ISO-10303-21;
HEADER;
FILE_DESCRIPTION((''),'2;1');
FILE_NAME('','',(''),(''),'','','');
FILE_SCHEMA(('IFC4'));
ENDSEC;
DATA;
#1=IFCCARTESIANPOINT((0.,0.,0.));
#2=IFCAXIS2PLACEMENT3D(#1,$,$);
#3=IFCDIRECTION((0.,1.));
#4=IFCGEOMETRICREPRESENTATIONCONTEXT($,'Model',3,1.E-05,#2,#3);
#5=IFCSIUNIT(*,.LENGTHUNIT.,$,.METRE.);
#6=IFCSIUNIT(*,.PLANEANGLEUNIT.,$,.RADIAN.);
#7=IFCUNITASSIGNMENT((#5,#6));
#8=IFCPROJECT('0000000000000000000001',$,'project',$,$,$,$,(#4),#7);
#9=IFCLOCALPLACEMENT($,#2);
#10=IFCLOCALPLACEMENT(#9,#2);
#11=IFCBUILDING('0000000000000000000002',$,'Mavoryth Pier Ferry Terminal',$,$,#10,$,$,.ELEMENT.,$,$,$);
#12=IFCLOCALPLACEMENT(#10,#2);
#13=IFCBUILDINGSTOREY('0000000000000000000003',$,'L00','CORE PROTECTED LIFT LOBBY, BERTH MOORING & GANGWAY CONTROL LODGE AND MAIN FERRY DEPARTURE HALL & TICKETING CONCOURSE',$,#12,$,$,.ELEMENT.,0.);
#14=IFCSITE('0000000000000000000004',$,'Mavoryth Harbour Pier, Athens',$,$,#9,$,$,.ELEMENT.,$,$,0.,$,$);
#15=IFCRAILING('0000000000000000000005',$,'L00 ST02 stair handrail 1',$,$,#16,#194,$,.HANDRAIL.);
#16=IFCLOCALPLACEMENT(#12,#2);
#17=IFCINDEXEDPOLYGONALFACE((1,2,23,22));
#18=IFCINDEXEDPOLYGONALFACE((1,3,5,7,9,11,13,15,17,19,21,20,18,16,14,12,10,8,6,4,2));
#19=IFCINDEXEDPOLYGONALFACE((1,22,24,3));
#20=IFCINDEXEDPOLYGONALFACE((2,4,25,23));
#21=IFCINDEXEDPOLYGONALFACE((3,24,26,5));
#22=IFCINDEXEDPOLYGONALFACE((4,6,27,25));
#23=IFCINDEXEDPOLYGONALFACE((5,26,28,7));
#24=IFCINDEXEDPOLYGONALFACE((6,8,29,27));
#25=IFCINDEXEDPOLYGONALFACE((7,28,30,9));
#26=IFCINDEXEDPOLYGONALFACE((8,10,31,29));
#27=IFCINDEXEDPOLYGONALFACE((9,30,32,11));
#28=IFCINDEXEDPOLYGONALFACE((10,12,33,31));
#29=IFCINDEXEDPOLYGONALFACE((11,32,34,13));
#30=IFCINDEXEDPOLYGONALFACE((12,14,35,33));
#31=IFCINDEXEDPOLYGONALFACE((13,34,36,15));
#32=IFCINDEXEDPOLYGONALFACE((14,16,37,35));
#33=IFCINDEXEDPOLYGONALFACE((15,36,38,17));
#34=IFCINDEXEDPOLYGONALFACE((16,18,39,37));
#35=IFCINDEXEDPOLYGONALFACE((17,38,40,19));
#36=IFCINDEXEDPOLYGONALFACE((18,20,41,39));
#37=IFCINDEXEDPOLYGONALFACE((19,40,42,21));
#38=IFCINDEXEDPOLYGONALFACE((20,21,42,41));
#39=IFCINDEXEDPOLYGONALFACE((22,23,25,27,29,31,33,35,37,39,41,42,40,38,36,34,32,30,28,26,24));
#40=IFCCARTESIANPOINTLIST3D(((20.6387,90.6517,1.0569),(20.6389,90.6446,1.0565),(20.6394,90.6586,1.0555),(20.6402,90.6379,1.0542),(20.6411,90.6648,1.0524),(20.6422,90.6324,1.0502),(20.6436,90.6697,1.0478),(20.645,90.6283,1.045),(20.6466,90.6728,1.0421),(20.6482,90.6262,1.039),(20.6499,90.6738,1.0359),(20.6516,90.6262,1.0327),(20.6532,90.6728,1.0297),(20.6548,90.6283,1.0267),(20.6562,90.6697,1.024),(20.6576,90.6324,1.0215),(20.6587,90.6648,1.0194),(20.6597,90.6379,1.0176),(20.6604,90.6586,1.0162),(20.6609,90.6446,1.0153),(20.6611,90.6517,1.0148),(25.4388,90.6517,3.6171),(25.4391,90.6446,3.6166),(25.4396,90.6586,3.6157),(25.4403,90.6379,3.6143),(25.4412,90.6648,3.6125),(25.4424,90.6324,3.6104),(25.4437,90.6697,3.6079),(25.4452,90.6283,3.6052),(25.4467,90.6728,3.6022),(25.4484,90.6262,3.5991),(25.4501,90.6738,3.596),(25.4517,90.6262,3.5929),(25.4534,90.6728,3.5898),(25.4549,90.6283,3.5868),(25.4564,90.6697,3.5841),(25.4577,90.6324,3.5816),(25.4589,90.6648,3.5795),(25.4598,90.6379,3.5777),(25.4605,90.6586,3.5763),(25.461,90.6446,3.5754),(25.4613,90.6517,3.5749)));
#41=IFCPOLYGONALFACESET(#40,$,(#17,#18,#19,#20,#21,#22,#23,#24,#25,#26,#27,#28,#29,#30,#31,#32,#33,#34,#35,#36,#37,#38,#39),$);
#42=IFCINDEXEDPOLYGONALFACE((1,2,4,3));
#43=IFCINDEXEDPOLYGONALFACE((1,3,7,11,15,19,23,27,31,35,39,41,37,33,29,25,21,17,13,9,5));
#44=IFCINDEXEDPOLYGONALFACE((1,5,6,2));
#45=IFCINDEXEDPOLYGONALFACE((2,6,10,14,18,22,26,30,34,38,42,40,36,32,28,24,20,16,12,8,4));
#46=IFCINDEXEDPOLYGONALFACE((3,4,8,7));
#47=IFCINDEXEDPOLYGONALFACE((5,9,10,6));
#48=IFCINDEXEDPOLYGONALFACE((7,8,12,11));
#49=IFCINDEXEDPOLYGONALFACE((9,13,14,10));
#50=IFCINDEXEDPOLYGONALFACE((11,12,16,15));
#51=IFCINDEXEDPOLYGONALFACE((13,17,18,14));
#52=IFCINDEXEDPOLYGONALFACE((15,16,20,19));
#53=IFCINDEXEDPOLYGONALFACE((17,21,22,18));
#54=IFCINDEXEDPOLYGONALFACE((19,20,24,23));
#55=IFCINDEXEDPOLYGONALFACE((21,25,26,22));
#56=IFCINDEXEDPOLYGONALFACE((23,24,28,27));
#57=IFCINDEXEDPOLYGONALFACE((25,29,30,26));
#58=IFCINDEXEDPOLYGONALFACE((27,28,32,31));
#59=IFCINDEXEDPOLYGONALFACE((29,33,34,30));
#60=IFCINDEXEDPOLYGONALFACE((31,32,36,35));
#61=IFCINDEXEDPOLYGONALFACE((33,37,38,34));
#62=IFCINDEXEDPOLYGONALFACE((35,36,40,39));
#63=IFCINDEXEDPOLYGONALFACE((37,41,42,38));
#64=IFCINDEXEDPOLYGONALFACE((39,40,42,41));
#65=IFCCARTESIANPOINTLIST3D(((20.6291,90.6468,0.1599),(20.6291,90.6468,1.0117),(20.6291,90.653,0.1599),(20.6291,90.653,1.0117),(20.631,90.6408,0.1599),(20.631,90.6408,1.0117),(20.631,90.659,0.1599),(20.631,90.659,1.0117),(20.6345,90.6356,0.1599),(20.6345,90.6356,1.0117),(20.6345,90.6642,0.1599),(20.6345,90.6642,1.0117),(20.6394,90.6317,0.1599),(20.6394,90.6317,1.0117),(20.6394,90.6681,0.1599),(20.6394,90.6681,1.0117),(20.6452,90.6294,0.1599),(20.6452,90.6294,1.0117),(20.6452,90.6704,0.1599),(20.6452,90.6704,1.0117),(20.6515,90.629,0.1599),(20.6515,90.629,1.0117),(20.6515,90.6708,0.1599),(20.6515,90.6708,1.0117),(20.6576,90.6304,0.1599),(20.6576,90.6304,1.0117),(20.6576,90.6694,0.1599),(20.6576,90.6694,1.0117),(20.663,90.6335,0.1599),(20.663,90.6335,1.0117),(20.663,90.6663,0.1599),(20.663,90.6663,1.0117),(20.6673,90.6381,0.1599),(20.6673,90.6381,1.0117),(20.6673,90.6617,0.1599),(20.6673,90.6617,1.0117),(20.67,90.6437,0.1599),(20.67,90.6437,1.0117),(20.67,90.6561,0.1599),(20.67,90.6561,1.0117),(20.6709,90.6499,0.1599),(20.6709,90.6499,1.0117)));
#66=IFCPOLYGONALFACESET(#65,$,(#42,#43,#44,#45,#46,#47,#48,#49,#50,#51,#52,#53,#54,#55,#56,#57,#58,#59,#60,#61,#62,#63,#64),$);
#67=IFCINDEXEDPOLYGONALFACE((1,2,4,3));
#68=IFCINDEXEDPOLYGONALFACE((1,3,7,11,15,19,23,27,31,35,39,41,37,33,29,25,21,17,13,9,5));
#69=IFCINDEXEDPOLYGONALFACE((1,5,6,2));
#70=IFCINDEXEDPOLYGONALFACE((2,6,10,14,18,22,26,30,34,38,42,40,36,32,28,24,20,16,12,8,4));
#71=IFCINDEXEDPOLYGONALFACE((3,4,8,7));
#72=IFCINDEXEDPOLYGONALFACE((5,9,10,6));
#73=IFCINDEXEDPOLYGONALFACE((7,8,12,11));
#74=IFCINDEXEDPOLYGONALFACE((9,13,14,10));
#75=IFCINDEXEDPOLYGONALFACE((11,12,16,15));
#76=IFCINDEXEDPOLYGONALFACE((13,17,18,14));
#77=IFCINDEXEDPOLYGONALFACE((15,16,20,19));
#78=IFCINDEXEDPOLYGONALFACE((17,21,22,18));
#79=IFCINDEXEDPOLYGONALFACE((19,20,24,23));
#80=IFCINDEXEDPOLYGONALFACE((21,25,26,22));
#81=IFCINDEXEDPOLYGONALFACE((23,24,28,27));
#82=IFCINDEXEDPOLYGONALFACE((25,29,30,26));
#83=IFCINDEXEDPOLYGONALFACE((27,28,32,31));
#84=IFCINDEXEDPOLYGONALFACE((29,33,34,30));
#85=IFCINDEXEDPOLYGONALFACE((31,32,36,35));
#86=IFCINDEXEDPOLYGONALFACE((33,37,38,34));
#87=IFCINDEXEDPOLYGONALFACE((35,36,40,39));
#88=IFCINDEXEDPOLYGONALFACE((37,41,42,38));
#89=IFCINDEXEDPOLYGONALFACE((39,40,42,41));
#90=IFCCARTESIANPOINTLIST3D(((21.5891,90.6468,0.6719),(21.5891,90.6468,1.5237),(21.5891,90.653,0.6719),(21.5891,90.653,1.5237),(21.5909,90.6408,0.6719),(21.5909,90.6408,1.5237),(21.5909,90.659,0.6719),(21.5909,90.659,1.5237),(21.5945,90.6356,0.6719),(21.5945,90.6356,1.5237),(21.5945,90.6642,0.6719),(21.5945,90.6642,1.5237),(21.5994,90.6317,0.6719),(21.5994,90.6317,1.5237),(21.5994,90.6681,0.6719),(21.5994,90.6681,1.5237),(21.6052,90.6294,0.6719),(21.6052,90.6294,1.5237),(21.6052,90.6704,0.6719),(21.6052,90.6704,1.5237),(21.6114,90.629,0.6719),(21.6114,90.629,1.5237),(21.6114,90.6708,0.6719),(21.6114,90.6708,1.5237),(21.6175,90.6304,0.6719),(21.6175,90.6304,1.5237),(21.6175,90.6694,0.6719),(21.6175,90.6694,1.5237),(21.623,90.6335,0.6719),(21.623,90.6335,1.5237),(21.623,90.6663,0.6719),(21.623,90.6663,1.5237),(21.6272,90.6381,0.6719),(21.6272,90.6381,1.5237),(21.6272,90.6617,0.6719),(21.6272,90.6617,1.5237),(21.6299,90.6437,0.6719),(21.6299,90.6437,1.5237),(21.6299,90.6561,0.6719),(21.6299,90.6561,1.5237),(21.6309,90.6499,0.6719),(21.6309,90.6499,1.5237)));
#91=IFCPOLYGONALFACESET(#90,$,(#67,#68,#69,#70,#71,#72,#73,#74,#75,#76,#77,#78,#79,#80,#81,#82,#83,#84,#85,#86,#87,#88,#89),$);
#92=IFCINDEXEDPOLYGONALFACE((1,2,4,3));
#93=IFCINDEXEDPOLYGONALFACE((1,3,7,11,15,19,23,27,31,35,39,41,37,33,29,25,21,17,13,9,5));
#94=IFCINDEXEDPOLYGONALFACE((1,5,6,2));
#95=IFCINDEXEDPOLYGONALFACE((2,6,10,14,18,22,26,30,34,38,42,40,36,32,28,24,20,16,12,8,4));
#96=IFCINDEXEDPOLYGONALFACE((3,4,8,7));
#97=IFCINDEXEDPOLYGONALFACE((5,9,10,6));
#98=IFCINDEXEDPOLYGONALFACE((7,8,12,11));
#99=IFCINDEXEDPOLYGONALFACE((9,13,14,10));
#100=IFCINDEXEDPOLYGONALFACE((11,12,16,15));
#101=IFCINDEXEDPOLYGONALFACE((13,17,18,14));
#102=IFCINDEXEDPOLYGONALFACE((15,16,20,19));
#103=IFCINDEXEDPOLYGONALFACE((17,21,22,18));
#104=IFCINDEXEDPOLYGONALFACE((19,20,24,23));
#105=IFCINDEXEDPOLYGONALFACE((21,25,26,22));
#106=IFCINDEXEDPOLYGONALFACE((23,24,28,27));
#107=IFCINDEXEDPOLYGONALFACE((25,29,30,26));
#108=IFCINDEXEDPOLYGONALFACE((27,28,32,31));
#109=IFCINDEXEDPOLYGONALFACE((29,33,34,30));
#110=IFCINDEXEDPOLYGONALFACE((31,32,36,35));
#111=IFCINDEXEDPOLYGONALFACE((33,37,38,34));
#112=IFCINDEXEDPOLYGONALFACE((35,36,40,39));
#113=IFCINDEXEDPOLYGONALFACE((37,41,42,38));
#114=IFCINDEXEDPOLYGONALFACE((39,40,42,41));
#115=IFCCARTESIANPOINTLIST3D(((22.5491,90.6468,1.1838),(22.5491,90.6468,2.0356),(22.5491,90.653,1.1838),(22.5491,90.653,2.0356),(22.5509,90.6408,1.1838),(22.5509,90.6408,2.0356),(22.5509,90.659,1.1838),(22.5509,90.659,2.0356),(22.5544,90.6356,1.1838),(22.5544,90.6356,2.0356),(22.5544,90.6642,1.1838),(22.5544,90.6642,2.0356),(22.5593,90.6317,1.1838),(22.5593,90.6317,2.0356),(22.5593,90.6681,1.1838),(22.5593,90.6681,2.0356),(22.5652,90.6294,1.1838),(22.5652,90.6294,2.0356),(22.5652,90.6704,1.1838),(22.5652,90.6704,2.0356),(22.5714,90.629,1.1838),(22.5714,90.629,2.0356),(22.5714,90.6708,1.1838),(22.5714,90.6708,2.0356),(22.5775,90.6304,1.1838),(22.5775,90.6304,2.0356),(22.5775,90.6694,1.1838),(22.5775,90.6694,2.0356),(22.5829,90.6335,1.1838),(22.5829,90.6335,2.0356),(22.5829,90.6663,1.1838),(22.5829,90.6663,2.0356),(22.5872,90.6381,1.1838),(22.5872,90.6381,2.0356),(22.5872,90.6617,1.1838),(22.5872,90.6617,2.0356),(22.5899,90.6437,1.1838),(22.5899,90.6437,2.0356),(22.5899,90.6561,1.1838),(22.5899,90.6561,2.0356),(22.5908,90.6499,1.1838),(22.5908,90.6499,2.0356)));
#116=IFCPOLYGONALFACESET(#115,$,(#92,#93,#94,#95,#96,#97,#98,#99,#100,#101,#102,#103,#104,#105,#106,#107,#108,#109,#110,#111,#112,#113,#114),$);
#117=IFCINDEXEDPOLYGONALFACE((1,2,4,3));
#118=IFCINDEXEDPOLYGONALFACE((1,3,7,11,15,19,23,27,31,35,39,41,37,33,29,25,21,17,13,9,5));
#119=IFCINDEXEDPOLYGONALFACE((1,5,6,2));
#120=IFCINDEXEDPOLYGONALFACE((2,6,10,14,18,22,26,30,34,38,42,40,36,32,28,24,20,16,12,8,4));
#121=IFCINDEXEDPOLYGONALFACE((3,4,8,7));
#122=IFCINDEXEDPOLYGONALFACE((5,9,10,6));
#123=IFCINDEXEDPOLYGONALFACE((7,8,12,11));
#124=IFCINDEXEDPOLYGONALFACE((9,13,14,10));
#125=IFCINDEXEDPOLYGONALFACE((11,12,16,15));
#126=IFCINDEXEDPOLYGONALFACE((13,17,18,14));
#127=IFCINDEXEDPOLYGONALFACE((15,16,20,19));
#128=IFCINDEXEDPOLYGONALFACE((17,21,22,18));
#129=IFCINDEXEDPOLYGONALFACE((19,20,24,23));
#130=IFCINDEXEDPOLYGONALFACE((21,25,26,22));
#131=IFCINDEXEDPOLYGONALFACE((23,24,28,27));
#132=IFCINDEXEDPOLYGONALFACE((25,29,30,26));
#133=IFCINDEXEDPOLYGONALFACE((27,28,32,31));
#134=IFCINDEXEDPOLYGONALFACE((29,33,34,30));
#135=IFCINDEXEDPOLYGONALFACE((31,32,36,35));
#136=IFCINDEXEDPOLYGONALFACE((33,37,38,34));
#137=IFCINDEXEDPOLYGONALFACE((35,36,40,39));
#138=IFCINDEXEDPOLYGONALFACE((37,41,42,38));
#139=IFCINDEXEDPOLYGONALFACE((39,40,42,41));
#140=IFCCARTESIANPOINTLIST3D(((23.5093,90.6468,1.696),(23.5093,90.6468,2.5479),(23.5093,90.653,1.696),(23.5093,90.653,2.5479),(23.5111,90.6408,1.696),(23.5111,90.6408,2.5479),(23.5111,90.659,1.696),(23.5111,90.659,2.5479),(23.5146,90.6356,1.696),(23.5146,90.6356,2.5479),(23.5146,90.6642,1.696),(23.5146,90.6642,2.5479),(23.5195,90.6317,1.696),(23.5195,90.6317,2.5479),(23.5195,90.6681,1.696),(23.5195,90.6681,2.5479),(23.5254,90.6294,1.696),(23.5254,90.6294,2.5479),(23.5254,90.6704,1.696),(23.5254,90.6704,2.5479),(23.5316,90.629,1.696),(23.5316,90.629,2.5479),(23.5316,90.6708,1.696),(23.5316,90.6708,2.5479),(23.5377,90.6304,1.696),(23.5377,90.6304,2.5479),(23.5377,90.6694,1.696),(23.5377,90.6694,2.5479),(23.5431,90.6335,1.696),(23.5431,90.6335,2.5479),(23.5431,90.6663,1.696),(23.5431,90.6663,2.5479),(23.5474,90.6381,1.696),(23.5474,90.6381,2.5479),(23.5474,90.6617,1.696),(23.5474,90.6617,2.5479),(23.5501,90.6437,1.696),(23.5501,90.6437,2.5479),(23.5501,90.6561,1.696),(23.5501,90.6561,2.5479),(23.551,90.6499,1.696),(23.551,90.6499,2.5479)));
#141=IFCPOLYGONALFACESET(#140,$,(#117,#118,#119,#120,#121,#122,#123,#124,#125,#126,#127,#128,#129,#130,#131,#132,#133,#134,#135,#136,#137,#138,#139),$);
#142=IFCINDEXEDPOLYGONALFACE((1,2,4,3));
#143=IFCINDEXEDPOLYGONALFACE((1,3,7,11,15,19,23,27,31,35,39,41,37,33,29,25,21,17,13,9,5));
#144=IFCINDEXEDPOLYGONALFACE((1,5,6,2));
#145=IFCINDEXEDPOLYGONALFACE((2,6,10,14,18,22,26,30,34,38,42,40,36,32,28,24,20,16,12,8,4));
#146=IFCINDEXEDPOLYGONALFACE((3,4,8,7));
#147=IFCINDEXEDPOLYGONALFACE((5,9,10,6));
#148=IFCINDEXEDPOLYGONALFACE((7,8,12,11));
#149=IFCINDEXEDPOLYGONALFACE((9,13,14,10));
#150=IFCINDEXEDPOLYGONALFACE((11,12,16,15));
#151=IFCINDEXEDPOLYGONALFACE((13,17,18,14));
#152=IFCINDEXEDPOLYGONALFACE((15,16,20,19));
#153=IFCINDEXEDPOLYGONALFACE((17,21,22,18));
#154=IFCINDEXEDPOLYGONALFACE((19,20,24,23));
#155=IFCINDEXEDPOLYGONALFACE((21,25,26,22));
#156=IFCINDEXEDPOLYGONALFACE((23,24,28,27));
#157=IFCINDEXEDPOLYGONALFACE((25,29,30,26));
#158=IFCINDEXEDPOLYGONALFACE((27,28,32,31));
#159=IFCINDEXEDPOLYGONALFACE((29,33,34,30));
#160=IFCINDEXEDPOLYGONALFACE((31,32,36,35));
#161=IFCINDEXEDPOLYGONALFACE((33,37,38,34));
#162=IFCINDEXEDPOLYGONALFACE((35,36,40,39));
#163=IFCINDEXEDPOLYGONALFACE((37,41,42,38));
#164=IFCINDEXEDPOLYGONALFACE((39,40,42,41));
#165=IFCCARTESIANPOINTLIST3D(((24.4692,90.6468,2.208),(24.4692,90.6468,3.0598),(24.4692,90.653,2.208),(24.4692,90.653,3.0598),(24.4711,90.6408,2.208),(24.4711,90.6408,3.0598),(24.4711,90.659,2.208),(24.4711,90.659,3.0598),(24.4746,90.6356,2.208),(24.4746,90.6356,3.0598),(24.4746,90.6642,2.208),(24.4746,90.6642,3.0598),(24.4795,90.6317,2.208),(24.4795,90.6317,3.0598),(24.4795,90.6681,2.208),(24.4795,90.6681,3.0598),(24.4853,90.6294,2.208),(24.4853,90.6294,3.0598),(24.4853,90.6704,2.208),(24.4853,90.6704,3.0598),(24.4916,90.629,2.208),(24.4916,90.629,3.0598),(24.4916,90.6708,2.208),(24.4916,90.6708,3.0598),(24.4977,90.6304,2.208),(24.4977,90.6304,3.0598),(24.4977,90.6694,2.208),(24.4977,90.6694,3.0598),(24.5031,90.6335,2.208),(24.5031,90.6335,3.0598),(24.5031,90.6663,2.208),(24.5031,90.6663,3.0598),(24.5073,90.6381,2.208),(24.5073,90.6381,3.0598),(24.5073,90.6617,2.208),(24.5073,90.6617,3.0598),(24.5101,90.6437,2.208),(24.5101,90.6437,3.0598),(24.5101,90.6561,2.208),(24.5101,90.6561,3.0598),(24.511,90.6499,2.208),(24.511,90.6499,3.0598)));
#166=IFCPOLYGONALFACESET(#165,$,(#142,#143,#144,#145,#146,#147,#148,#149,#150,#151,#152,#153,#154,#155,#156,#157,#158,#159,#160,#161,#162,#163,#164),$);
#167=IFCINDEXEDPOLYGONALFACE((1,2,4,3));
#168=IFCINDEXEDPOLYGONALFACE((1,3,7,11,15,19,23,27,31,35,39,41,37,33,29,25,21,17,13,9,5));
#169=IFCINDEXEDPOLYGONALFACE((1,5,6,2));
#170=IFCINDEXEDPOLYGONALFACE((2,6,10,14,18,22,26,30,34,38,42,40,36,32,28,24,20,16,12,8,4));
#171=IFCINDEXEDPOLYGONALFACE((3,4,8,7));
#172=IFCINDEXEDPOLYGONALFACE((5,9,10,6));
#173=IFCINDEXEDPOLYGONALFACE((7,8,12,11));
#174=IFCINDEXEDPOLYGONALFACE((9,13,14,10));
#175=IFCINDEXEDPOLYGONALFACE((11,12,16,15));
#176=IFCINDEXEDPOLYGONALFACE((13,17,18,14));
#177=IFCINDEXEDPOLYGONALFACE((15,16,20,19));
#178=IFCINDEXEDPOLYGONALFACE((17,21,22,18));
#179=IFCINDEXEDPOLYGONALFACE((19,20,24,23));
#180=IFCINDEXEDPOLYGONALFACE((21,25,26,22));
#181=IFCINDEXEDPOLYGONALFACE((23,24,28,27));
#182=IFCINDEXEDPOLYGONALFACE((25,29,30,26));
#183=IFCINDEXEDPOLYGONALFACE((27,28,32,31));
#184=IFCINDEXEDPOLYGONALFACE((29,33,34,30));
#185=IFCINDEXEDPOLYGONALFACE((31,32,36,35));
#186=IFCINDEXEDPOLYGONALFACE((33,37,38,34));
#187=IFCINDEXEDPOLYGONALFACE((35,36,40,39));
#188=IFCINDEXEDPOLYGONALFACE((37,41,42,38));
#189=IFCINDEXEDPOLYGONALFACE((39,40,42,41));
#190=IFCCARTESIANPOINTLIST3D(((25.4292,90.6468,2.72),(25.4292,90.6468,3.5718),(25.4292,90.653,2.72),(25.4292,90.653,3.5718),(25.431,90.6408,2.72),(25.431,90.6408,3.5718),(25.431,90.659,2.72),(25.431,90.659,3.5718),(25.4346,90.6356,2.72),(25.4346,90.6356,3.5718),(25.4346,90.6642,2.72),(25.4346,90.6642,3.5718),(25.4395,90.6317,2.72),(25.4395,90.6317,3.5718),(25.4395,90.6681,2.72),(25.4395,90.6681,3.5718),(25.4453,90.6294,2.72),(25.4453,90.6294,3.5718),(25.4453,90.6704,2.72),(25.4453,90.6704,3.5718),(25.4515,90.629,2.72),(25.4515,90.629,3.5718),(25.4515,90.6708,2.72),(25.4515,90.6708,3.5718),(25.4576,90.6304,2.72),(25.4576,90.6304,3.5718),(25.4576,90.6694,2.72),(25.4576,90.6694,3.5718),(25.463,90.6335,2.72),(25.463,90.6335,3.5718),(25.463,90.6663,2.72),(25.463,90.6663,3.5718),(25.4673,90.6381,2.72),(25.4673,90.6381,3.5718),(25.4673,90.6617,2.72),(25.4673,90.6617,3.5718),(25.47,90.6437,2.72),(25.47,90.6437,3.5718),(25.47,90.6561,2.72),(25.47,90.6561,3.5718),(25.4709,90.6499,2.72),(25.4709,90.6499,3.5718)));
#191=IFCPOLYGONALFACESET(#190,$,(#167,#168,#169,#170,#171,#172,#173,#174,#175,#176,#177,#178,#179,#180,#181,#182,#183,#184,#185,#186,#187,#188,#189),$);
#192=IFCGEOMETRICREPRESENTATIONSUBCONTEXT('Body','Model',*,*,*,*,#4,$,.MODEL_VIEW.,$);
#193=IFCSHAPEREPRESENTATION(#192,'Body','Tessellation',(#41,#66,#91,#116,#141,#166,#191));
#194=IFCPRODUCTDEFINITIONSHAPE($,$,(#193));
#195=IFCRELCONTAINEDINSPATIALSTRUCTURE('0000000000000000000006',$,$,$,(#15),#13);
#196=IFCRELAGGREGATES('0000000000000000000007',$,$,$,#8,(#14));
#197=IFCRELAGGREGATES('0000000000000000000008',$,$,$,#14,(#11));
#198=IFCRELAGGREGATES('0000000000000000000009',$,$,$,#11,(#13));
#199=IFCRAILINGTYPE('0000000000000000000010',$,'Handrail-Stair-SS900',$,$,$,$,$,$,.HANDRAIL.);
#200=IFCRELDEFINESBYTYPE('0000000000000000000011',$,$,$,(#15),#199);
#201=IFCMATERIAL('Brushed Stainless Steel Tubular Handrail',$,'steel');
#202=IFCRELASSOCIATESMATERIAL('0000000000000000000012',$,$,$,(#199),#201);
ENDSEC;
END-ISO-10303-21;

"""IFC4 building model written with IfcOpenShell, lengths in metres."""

from ifc_helpers import new_model, si_unit, direction, frame, origin, origin_2d, place, context, subcontext, project, spatial, circle, extrude, material, type_object, element, save


model = new_model("IFC4")

# Units and contexts
model_context = context("Model", 3, precision=1e-05, world=origin(), true_north=direction((0.0, 1.0)))
body_context = subcontext(model_context, "Body", "Model", "MODEL_VIEW")
ifc_project = project(units=[si_unit("LENGTHUNIT", "METRE"), si_unit("PLANEANGLEUNIT", "RADIAN")], contexts=[model_context])

# Site, building, storey
site_placement = place(None, origin())
site = spatial("IfcSite", under=ifc_project, at=site_placement, Name="Mavoryth Harbour Pier, Athens", CompositionType="ELEMENT", RefElevation=0.0)
building_placement = place(site_placement, origin())
building = spatial("IfcBuilding", under=site, at=building_placement, Name="Mavoryth Pier Ferry Terminal", CompositionType="ELEMENT")
storey_placement = place(building_placement, origin())
storey = spatial("IfcBuildingStorey", under=building, at=storey_placement, Name="L00", Description="CORE PROTECTED LIFT LOBBY, BERTH MOORING & GANGWAY CONTROL LODGE AND MAIN FERRY DEPARTURE HALL & TICKETING CONCOURSE", CompositionType="ELEMENT", Elevation=0.0)

# Railing
ifc_material_1 = material(Name="Brushed Stainless Steel Tubular Handrail", Category="steel")
railing_type_1 = type_object("IfcRailingType", Name="Handrail-Stair-SS900", PredefinedType="HANDRAIL", material=ifc_material_1)
railing_1_placement = place(storey_placement, frame((20.6499, 90.6499, 0.1599)))
element("IfcRailing", 1, at=railing_1_placement, inside=storey, type_object=railing_type_1, Name="L00 ST02 stair handrail 1", PredefinedType="HANDRAIL", context=body_context, shape_type="SweptSolid", body=[
    extrude(circle(Radius=0.0239, at=origin_2d()), frame((0.0, 0.0, 0.876), z_axis=(0.88235, 0.0, 0.470593), x_axis=(0.0, 1.0, 0.0)), (0.0, 0.0, 1.0), 5.4402),
    extrude(circle(Radius=0.021, at=origin_2d()), origin(), (0.0, 0.0, 1.0), 0.8518),
    extrude(circle(Radius=0.021, at=origin_2d()), frame((0.96, 0.0, 0.512)), (0.0, 0.0, 1.0), 0.8518),
    extrude(circle(Radius=0.021, at=origin_2d()), frame((1.9199, 0.0, 1.0239)), (0.0, 0.0, 1.0), 0.8518),
    extrude(circle(Radius=0.021, at=origin_2d()), frame((2.8801, 0.0, 1.5361)), (0.0, 0.0, 1.0), 0.8518),
    extrude(circle(Radius=0.021, at=origin_2d()), frame((3.8401, 0.0, 2.0481)), (0.0, 0.0, 1.0), 0.8518),
    extrude(circle(Radius=0.021, at=origin_2d()), frame((4.8, 0.0, 2.5601)), (0.0, 0.0, 1.0), 0.8518),
])

save(model, "model.ifc")
